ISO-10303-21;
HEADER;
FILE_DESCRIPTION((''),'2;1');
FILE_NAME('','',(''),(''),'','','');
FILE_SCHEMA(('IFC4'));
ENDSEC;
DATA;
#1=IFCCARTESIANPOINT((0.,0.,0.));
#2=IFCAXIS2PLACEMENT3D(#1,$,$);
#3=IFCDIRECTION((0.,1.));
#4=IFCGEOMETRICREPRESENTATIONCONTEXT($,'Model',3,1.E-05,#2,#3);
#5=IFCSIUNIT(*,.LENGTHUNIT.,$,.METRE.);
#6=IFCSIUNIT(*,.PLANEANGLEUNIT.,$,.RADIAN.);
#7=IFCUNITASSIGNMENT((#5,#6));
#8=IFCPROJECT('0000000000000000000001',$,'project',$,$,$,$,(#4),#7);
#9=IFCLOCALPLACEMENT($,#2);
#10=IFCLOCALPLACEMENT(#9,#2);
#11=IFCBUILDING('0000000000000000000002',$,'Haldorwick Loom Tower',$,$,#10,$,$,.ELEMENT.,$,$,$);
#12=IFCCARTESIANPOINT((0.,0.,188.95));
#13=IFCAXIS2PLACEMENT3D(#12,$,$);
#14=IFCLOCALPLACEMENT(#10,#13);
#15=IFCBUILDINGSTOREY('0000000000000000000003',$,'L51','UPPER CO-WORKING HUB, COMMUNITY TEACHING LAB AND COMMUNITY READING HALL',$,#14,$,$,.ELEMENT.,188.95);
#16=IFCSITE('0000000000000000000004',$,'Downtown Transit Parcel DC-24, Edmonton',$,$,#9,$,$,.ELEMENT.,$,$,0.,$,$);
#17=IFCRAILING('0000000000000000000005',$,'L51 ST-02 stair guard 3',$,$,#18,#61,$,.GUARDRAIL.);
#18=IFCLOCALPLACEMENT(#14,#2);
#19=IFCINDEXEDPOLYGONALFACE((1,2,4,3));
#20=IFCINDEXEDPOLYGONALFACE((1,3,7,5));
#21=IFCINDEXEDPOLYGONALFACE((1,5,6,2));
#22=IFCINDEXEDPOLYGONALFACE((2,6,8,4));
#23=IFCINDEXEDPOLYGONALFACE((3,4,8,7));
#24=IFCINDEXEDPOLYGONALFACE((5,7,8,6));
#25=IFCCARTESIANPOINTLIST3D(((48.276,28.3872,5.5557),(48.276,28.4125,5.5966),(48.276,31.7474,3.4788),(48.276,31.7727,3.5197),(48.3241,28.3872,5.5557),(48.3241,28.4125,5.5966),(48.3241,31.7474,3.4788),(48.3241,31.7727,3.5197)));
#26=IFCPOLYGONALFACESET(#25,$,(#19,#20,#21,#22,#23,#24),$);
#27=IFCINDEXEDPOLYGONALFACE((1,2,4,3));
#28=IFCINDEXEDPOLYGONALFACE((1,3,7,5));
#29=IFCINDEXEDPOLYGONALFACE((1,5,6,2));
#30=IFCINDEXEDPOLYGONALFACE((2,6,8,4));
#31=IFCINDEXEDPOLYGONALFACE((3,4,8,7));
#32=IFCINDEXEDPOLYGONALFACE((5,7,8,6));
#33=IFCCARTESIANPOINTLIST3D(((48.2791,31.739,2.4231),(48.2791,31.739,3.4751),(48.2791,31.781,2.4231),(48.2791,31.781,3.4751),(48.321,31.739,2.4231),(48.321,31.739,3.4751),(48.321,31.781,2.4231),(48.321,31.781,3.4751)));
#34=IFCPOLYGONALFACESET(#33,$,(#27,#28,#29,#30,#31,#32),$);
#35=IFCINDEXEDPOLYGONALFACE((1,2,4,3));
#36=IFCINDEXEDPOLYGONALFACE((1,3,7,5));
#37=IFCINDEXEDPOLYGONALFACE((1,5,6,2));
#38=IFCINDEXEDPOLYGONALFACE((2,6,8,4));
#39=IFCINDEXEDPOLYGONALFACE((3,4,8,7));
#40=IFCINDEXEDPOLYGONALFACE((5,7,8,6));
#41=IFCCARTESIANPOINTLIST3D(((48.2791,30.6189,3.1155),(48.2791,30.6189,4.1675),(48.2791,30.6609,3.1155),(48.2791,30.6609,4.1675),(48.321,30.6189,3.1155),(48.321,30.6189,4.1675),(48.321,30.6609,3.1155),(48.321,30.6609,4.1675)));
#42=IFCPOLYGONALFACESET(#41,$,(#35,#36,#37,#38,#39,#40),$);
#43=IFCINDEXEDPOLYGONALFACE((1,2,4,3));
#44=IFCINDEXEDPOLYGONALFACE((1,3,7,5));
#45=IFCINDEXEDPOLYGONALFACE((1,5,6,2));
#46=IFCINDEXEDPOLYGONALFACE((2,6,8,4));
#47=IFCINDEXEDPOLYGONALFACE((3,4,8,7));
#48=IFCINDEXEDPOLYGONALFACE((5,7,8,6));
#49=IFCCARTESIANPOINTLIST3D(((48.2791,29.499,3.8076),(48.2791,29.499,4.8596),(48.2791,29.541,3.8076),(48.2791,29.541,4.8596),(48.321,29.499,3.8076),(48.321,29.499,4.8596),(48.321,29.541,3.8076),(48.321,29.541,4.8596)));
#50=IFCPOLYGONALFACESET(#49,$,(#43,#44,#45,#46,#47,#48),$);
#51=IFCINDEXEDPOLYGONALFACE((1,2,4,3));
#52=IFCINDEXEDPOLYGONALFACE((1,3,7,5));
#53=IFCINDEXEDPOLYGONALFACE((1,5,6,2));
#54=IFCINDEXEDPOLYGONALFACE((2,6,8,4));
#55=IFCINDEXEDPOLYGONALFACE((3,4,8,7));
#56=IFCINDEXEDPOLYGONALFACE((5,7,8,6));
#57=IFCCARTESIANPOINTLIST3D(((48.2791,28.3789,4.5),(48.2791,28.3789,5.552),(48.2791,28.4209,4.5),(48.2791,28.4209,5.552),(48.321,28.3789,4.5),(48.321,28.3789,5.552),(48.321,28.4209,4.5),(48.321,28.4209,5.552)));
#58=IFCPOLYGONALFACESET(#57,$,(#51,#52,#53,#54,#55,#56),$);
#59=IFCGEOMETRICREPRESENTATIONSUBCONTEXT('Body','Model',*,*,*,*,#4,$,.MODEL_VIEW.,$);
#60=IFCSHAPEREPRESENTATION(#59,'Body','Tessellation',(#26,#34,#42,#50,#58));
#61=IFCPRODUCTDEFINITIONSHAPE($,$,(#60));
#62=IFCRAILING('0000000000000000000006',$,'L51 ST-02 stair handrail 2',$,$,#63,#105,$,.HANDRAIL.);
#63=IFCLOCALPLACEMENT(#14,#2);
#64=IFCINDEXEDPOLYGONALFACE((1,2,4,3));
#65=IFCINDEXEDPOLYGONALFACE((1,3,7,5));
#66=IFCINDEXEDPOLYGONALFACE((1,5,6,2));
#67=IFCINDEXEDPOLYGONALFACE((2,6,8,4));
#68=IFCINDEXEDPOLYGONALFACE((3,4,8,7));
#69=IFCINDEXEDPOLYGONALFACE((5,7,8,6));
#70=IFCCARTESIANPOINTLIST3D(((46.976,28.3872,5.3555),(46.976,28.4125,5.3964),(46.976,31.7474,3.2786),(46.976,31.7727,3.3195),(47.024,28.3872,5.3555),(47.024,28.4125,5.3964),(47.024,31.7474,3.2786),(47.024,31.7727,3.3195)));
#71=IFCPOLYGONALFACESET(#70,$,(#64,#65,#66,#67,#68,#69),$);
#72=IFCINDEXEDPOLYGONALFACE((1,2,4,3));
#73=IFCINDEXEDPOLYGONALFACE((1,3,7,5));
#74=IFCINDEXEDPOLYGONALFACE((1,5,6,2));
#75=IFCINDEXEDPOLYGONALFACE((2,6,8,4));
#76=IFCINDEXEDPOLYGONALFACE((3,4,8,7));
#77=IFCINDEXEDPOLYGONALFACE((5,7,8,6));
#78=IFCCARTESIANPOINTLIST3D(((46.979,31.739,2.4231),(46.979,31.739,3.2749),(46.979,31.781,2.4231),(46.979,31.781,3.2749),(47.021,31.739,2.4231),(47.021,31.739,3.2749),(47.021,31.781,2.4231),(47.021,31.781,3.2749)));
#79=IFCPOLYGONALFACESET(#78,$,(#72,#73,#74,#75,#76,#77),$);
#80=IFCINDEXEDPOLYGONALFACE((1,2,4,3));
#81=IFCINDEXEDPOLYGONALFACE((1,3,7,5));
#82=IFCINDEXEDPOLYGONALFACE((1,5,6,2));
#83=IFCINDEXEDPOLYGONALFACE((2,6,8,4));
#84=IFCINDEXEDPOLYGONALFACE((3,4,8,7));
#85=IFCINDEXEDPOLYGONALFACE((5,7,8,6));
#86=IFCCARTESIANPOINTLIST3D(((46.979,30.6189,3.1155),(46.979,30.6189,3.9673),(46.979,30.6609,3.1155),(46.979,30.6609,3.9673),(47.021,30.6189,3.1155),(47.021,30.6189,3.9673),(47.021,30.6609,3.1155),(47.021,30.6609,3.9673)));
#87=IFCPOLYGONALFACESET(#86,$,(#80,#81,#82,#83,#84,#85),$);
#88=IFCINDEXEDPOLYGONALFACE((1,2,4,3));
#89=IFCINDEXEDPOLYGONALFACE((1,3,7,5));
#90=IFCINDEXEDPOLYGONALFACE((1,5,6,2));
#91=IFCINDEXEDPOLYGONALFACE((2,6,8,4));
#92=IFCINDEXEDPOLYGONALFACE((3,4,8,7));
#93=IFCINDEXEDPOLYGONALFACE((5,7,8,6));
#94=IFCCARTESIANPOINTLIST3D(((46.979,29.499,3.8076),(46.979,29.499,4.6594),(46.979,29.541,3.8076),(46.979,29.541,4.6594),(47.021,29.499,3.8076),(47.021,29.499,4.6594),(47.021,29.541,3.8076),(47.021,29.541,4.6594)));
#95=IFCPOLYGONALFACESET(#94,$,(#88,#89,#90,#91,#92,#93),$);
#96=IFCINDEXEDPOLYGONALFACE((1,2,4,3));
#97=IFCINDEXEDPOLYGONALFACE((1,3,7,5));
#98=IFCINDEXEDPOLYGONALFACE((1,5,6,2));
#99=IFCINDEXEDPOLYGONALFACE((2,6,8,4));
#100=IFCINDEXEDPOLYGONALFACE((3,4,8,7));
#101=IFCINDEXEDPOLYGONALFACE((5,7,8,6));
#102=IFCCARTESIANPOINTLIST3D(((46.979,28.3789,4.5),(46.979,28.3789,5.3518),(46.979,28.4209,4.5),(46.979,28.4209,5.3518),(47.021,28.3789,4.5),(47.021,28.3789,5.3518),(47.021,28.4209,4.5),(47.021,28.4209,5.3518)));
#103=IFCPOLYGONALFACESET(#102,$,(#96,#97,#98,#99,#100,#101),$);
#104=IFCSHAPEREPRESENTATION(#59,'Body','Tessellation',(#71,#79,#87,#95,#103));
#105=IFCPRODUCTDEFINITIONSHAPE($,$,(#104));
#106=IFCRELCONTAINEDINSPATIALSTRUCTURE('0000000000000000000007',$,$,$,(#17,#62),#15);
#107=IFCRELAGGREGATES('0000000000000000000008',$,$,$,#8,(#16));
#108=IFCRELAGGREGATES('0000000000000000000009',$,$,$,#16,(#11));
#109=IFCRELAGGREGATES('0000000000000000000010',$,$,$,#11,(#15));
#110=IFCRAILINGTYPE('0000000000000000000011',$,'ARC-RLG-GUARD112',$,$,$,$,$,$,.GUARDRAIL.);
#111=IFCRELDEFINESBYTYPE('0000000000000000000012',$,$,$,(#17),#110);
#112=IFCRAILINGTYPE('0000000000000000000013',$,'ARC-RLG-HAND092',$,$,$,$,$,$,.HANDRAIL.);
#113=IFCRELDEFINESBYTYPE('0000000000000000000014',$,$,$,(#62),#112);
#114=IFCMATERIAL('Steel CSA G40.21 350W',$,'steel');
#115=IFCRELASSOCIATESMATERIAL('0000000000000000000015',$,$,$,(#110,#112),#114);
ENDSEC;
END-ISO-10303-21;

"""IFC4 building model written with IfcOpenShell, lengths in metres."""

from ifc_helpers import new_model, si_unit, direction, frame, origin, origin_2d, place, context, subcontext, project, spatial, rectangle, extrude, material, type_object, element, save


model = new_model("IFC4")

# Units and contexts
model_context = context("Model", 3, precision=1e-05, world=origin(), true_north=direction((0.0, 1.0)))
body_context = subcontext(model_context, "Body", "Model", "MODEL_VIEW")
ifc_project = project(units=[si_unit("LENGTHUNIT", "METRE"), si_unit("PLANEANGLEUNIT", "RADIAN")], contexts=[model_context])

# Site, building, storey
site_placement = place(None, origin())
site = spatial("IfcSite", under=ifc_project, at=site_placement, Name="Downtown Transit Parcel DC-24, Edmonton", CompositionType="ELEMENT", RefElevation=0.0)
building_placement = place(site_placement, origin())
building = spatial("IfcBuilding", under=site, at=building_placement, Name="Haldorwick Loom Tower", CompositionType="ELEMENT")
storey_placement = place(building_placement, frame((0.0, 0.0, 188.95)))
storey = spatial("IfcBuildingStorey", under=building, at=storey_placement, Name="L51", Description="UPPER CO-WORKING HUB, COMMUNITY TEACHING LAB AND COMMUNITY READING HALL", CompositionType="ELEMENT", Elevation=188.95)

# Shared definitions
ifc_material_1 = material(Name="Steel CSA G40.21 350W", Category="steel")

# Railings
railing_type_1 = type_object("IfcRailingType", Name="ARC-RLG-GUARD112", PredefinedType="GUARDRAIL", material=ifc_material_1)
railing_1_placement = place(storey_placement, frame((48.3, 31.76, 2.4231)))
element("IfcRailing", 1, at=railing_1_placement, inside=storey, type_object=railing_type_1, Name="L51 ST-02 stair guard 3", PredefinedType="GUARDRAIL", context=body_context, shape_type="SweptSolid", body=[
    extrude(rectangle(XDim=0.0481, YDim=0.0481, at=origin_2d()), frame((0.0, 0.0, 1.0762), z_axis=(0.0, -0.850623, 0.525776), x_axis=(1.0, 0.0, 0.0)), (0.0, 0.0, 1.0), 3.9502),
    extrude(rectangle(XDim=0.042, YDim=0.042, at=origin_2d()), origin(), (0.0, 0.0, 1.0), 1.052),
    extrude(rectangle(XDim=0.042, YDim=0.042, at=origin_2d()), frame((0.0, -1.1201, 0.6924)), (0.0, 0.0, 1.0), 1.052),
    extrude(rectangle(XDim=0.042, YDim=0.042, at=origin_2d()), frame((0.0, -2.24, 1.3845)), (0.0, 0.0, 1.0), 1.052),
    extrude(rectangle(XDim=0.042, YDim=0.042, at=origin_2d()), frame((0.0, -3.3601, 2.0769)), (0.0, 0.0, 1.0), 1.052),
])
railing_type_2 = type_object("IfcRailingType", Name="ARC-RLG-HAND092", PredefinedType="HANDRAIL", material=ifc_material_1)
railing_2_placement = place(storey_placement, frame((47.0, 31.76, 2.4231)))
element("IfcRailing", 2, at=railing_2_placement, inside=storey, type_object=railing_type_2, Name="L51 ST-02 stair handrail 2", PredefinedType="HANDRAIL", context=body_context, shape_type="SweptSolid", body=[
    extrude(rectangle(XDim=0.0481, YDim=0.0481, at=origin_2d()), frame((0.0, 0.0, 0.876), z_axis=(0.0, -0.850623, 0.525776), x_axis=(1.0, 0.0, 0.0)), (0.0, 0.0, 1.0), 3.9502),
    extrude(rectangle(XDim=0.042, YDim=0.042, at=origin_2d()), origin(), (0.0, 0.0, 1.0), 0.8518),
    extrude(rectangle(XDim=0.042, YDim=0.042, at=origin_2d()), frame((0.0, -1.1201, 0.6924)), (0.0, 0.0, 1.0), 0.8518),
    extrude(rectangle(XDim=0.042, YDim=0.042, at=origin_2d()), frame((0.0, -2.24, 1.3845)), (0.0, 0.0, 1.0), 0.8518),
    extrude(rectangle(XDim=0.042, YDim=0.042, at=origin_2d()), frame((0.0, -3.3601, 2.0769)), (0.0, 0.0, 1.0), 0.8518),
])

save(model, "model.ifc")
